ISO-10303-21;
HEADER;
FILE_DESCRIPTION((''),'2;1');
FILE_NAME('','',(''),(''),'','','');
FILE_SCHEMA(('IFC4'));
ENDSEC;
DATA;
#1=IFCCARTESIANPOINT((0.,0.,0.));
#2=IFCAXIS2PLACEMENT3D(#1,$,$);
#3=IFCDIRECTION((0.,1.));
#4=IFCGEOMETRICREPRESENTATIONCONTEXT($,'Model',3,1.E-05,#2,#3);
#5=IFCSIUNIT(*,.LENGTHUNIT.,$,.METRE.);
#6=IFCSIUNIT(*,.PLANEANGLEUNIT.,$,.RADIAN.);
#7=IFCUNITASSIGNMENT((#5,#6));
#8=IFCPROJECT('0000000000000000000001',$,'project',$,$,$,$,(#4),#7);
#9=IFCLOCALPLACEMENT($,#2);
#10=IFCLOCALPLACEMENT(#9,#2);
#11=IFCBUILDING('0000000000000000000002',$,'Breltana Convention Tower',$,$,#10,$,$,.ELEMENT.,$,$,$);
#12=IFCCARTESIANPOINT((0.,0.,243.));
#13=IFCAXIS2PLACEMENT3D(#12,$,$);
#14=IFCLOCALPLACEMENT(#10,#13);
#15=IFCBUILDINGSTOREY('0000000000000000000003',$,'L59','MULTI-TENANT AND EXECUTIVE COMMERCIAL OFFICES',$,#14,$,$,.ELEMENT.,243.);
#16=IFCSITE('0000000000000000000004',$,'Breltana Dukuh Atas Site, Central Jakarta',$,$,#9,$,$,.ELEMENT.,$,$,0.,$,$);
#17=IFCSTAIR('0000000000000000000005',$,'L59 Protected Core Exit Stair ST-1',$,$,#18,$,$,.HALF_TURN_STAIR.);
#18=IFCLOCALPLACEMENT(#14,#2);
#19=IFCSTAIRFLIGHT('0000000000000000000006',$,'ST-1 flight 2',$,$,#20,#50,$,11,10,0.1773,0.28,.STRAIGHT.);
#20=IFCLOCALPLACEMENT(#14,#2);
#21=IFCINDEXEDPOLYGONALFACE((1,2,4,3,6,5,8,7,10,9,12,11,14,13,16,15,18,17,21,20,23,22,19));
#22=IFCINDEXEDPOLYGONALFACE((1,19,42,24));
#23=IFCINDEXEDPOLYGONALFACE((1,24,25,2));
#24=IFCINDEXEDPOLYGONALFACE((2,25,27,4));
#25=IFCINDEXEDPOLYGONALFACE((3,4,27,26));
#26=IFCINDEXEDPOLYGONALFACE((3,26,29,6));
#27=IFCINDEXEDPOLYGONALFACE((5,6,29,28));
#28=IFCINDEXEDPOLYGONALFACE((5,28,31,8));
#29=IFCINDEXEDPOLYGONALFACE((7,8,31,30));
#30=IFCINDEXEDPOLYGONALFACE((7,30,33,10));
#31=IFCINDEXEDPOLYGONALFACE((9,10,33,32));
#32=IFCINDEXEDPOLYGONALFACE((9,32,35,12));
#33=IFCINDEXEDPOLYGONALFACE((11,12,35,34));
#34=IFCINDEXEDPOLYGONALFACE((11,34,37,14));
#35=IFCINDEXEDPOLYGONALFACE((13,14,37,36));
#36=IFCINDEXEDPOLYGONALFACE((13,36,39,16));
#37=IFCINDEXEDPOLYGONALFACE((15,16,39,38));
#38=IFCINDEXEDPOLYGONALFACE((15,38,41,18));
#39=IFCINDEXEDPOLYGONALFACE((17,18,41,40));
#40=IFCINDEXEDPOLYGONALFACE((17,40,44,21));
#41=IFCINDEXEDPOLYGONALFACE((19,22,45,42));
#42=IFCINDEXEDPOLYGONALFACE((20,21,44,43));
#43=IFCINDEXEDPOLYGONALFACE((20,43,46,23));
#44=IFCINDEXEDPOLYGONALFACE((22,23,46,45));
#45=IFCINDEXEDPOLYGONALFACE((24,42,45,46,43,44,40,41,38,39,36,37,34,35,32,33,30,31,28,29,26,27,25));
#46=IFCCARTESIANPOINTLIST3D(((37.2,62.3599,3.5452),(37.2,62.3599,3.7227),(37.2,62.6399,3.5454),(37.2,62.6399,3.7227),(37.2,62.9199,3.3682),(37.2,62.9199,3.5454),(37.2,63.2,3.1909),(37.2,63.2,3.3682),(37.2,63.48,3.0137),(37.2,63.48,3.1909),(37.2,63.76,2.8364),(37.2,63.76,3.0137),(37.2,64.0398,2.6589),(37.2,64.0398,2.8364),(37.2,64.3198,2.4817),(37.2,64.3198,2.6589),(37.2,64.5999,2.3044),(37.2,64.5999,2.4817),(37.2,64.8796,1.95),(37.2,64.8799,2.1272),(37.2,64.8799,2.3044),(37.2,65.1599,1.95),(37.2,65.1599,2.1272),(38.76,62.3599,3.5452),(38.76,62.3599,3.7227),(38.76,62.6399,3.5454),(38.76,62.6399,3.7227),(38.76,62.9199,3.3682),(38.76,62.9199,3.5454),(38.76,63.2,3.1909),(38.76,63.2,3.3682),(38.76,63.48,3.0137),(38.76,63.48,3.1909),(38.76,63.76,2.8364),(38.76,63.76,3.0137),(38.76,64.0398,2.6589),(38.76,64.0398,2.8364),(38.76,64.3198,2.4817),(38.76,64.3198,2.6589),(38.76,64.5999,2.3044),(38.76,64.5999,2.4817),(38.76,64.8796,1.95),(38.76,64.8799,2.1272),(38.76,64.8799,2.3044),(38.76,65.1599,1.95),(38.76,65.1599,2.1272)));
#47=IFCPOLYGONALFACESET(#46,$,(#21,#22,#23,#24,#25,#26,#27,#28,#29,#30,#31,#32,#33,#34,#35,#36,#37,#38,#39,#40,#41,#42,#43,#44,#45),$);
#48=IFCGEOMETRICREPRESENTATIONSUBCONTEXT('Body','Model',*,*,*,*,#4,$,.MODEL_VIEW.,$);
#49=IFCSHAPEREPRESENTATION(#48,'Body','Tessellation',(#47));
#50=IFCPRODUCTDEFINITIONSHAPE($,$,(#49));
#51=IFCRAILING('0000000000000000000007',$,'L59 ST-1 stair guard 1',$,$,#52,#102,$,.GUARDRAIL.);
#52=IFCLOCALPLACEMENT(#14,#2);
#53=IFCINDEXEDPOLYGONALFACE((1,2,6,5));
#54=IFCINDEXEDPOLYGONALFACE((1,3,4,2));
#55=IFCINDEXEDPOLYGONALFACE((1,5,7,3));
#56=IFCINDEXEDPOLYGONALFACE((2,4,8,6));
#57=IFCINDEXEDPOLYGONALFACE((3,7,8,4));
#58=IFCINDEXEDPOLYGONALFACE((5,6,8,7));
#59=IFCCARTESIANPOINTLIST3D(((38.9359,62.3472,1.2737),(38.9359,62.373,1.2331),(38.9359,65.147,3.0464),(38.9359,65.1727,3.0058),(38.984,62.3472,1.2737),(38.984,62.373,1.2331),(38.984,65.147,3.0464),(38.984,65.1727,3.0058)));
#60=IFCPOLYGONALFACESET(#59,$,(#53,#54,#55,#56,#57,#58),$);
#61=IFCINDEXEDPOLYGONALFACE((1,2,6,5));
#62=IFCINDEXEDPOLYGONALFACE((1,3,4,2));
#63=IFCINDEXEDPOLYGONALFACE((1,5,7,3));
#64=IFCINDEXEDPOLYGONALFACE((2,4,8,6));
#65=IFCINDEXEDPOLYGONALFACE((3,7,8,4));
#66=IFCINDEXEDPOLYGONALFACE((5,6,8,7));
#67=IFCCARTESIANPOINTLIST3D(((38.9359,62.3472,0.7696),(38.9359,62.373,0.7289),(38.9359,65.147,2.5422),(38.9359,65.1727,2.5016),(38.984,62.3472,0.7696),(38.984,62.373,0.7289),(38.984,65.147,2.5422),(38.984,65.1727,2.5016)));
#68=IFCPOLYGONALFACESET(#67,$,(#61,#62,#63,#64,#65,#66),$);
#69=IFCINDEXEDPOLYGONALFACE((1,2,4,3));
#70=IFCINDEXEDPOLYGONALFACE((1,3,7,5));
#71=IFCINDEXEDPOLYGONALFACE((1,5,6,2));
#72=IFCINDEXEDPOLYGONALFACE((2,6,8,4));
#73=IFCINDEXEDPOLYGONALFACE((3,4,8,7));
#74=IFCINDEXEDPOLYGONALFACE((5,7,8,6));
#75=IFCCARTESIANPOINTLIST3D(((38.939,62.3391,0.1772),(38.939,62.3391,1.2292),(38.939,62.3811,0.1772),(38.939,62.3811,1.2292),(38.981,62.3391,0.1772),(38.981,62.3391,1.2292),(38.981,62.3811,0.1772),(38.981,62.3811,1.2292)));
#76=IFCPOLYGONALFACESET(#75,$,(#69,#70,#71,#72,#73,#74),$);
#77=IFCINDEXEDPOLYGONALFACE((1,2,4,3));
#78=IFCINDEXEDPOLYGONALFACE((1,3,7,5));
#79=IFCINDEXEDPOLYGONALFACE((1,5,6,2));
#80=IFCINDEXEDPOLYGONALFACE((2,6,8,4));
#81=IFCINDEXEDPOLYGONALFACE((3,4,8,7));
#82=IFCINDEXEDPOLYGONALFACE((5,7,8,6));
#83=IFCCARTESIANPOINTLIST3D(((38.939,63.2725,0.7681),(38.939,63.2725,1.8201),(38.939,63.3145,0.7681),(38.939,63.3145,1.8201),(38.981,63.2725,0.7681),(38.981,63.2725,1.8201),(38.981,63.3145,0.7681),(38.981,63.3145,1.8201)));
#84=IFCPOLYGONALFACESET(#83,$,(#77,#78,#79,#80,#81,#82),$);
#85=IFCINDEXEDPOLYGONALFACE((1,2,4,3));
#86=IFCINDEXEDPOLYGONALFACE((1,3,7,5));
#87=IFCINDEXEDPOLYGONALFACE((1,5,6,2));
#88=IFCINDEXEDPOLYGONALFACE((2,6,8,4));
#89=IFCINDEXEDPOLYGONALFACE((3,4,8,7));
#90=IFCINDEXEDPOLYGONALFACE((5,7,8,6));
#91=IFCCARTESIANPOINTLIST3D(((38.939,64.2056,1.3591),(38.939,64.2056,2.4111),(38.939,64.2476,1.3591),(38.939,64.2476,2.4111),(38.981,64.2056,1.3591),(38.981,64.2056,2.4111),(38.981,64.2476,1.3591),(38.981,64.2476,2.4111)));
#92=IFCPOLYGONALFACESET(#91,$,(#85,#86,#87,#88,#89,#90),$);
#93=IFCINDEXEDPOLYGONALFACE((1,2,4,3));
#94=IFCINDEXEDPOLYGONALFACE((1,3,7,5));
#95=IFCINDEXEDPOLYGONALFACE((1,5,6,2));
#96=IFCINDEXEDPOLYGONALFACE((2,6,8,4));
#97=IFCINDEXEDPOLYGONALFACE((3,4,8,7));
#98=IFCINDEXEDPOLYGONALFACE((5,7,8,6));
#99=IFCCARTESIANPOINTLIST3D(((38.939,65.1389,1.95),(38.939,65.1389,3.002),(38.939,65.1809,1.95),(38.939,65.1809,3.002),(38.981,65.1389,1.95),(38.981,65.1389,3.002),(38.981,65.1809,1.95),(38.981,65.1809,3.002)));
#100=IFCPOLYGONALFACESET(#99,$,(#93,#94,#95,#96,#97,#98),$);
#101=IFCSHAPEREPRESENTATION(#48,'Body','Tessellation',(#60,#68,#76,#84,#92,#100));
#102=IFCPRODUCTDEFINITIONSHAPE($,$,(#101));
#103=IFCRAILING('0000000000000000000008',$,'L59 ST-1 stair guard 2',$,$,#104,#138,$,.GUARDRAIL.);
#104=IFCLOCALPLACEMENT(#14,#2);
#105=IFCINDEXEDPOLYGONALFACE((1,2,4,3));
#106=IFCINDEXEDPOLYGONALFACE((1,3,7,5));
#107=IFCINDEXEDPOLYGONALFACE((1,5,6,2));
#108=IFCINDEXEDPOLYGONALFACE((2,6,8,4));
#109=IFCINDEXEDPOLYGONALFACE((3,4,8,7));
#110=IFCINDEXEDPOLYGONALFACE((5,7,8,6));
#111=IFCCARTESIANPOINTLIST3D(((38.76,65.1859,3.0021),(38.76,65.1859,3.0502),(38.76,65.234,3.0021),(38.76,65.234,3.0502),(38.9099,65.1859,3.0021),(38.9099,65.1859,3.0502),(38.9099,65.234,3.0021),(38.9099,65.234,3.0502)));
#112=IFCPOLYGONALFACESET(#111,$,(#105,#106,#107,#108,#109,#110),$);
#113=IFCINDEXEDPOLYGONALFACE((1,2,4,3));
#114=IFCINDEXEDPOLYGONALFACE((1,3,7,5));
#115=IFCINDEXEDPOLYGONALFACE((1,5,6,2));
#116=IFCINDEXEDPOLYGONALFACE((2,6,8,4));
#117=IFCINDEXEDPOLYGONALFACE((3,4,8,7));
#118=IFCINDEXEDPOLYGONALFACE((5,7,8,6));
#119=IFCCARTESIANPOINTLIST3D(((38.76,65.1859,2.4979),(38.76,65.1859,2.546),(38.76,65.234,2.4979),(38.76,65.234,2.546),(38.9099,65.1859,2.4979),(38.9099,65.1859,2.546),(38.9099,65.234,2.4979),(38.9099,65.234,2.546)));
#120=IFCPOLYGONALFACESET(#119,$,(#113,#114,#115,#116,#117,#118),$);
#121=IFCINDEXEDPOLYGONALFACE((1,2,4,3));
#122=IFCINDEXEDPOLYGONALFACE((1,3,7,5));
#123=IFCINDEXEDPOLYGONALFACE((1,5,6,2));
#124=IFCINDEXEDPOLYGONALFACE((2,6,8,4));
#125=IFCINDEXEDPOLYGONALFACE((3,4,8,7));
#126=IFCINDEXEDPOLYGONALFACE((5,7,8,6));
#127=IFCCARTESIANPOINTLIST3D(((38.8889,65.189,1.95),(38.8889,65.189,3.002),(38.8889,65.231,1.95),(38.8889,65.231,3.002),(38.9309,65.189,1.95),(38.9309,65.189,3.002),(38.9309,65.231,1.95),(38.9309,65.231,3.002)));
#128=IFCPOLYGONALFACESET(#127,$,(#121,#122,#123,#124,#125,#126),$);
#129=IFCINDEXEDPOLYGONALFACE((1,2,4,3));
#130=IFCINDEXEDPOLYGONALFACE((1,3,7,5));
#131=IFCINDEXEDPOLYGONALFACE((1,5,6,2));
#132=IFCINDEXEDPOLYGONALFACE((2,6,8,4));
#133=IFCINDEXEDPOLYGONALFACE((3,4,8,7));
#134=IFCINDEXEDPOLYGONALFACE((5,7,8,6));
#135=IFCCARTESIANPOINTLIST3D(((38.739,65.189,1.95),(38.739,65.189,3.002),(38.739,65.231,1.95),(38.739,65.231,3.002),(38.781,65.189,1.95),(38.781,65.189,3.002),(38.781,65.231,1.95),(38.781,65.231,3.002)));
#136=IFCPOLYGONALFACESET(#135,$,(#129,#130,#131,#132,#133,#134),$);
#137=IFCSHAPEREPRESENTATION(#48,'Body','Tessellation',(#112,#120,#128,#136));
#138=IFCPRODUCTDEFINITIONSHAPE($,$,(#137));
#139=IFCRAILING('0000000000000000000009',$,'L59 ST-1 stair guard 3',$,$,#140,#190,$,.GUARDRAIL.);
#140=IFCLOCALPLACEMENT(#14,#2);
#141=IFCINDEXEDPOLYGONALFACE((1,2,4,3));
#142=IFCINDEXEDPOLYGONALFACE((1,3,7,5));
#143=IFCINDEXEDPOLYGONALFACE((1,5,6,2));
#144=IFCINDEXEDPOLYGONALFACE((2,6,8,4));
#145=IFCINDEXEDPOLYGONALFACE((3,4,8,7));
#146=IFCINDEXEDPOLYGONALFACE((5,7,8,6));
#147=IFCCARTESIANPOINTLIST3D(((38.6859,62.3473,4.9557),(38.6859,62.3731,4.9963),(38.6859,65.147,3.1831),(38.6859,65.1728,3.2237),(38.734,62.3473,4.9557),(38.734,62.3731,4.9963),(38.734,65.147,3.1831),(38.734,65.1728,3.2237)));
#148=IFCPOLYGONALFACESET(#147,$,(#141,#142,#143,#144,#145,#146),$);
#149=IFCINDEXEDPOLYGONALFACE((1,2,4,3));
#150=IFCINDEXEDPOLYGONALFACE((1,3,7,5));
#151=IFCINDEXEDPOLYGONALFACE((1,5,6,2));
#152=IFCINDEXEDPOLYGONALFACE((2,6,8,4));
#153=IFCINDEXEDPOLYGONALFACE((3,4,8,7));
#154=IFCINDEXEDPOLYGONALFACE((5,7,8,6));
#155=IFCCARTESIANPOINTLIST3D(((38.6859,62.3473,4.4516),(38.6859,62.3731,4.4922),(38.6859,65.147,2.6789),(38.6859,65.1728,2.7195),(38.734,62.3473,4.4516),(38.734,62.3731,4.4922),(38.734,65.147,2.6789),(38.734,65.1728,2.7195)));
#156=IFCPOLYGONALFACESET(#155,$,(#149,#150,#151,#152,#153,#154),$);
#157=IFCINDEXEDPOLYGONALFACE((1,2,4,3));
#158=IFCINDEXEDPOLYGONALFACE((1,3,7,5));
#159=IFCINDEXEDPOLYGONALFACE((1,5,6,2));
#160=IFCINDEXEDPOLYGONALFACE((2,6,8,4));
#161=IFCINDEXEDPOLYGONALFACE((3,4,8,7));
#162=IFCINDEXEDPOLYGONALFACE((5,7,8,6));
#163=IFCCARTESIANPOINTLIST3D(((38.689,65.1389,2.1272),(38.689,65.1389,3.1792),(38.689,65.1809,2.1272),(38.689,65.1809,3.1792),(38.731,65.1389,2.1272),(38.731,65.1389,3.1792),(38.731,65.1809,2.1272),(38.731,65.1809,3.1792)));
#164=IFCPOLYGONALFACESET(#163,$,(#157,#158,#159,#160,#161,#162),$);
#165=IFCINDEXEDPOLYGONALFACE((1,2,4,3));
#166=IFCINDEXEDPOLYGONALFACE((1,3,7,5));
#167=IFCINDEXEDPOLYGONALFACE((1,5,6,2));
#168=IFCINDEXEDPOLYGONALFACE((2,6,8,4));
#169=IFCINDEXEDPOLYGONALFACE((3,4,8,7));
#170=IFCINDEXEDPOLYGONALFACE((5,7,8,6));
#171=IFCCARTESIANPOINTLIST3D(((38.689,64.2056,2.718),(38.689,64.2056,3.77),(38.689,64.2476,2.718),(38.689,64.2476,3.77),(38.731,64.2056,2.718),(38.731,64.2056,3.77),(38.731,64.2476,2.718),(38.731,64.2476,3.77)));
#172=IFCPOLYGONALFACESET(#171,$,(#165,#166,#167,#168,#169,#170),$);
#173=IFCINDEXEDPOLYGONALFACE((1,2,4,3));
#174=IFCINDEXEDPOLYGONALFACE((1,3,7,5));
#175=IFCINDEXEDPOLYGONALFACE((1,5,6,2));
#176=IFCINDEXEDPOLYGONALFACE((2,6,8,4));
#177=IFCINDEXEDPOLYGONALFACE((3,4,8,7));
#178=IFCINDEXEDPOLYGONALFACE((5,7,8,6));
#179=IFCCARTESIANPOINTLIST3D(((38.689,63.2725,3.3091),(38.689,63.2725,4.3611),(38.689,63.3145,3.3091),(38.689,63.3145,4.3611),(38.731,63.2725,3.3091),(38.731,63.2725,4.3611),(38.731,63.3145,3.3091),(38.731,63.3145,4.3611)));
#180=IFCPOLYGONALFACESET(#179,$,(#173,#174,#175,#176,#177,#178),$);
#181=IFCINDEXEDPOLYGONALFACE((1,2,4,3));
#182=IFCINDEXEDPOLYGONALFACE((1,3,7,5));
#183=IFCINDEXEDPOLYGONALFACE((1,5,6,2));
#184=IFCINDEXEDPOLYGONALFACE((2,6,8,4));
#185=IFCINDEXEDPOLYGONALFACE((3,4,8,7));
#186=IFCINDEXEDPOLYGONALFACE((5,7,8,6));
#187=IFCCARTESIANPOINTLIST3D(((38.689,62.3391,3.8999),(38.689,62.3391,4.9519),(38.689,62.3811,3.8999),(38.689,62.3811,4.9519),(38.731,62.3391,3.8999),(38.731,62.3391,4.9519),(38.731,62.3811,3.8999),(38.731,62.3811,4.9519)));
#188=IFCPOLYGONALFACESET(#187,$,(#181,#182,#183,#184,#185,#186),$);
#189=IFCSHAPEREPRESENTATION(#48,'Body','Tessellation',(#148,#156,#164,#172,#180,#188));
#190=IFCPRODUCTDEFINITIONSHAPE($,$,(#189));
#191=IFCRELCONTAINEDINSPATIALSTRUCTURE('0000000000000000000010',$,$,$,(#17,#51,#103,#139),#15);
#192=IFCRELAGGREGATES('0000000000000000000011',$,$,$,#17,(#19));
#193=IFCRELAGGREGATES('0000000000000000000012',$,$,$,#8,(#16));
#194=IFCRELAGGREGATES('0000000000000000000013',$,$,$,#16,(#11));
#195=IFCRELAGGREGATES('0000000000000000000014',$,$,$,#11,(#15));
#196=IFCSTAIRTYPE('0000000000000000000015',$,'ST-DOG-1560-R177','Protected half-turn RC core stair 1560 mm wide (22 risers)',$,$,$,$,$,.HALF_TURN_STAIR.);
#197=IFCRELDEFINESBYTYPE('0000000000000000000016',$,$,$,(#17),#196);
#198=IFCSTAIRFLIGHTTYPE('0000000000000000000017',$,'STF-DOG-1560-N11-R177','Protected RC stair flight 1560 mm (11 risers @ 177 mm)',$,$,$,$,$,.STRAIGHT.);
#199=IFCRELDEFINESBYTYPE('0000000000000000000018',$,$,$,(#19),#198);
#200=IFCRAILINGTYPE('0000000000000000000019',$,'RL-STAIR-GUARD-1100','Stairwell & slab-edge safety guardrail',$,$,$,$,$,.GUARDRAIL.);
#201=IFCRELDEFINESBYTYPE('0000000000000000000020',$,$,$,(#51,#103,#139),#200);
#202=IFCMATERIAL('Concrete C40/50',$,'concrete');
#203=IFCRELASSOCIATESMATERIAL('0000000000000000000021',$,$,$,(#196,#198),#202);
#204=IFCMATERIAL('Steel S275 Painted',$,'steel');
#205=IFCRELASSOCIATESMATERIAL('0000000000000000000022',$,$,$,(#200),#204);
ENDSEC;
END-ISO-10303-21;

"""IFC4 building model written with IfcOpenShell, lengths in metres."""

from ifc_helpers import new_model, si_unit, direction, frame, origin, origin_2d, place, context, subcontext, project, spatial, polyline, rectangle, outline, extrude, material, type_object, element, aggregate, save


model = new_model("IFC4")

# Units and contexts
model_context = context("Model", 3, precision=1e-05, world=origin(), true_north=direction((0.0, 1.0)))
body_context = subcontext(model_context, "Body", "Model", "MODEL_VIEW")
ifc_project = project(units=[si_unit("LENGTHUNIT", "METRE"), si_unit("PLANEANGLEUNIT", "RADIAN")], contexts=[model_context])

# Site, building, storey
site_placement = place(None, origin())
site = spatial("IfcSite", under=ifc_project, at=site_placement, Name="Breltana Dukuh Atas Site, Central Jakarta", CompositionType="ELEMENT", RefElevation=0.0)
building_placement = place(site_placement, origin())
building = spatial("IfcBuilding", under=site, at=building_placement, Name="Breltana Convention Tower", CompositionType="ELEMENT")
storey_placement = place(building_placement, frame((0.0, 0.0, 243.0)))
storey = spatial("IfcBuildingStorey", under=building, at=storey_placement, Name="L59", Description="MULTI-TENANT AND EXECUTIVE COMMERCIAL OFFICES", CompositionType="ELEMENT", Elevation=243.0)

# Stair, stair flight
ifc_material_1 = material(Name="Concrete C40/50", Category="concrete")
stair_type = type_object("IfcStairType", Name="ST-DOG-1560-R177", Description="Protected half-turn RC core stair 1560 mm wide (22 risers)", PredefinedType="HALF_TURN_STAIR", material=ifc_material_1)
stair_placement = place(storey_placement, origin())
stair = element("IfcStair", 1, at=stair_placement, inside=storey, type_object=stair_type, Name="L59 Protected Core Exit Stair ST-1", PredefinedType="HALF_TURN_STAIR")
stair_flight_type = type_object("IfcStairFlightType", Name="STF-DOG-1560-N11-R177", Description="Protected RC stair flight 1560 mm (11 risers @ 177 mm)", PredefinedType="STRAIGHT", material=ifc_material_1)
stair_flight_1_placement = place(storey_placement, frame((37.98, 65.1599, 1.95), z_axis=(0.0, 0.0, 1.0), x_axis=(0.0, -1.0, 0.0)))
stair_flight_1 = element("IfcStairFlight", 2, at=stair_flight_1_placement, type_object=stair_flight_type, Name="ST-1 flight 2", NumberOfRisers=11, NumberOfTreads=10, PredefinedType="STRAIGHT", RiserHeight=0.1773, TreadLength=0.28, context=body_context, shape_type="SweptSolid", body=[
    extrude(outline(polyline([(0.0, 0.0), (0.0, 0.1772), (0.28, 0.1772), (0.28, 0.3545), (0.5601, 0.3545), (0.5601, 0.5317), (0.8401, 0.5317), (0.8401, 0.709), (1.1201, 0.709), (1.1201, 0.8865), (1.3999, 0.8865), (1.3999, 1.0637), (1.6799, 1.0637), (1.6799, 1.241), (1.96, 1.241), (1.96, 1.4182), (2.24, 1.4182), (2.24, 1.5955), (2.52, 1.5955), (2.52, 1.7727), (2.8, 1.7727), (2.8, 1.95), (2.8, 1.5952), (0.2803, 0.0), (0.0, 0.0)])), frame((0.0, 0.78, 0.0), z_axis=(0.0, -1.0, 0.0), x_axis=(1.0, 0.0, 0.0)), (0.0, 0.0, 1.0), 1.5601),
])
aggregate(stair, [stair_flight_1])

# Railings
ifc_material_2 = material(Name="Steel S275 Painted", Category="steel")
railing_type_1 = type_object("IfcRailingType", Name="RL-STAIR-GUARD-1100", Description="Stairwell & slab-edge safety guardrail", PredefinedType="GUARDRAIL", material=ifc_material_2)
railing_1_placement = place(storey_placement, frame((38.96, 62.3601, 0.1772)))
element("IfcRailing", 3, at=railing_1_placement, inside=storey, type_object=railing_type_1, Name="L59 ST-1 stair guard 1", PredefinedType="GUARDRAIL", context=body_context, shape_type="SweptSolid", body=[
    extrude(rectangle(XDim=0.0481, YDim=0.0481, at=origin_2d()), frame((0.0, 0.0, 1.0762), z_axis=(0.0, 0.844888, 0.534943), x_axis=(-1.0, 0.0, 0.0)), (0.0, 0.0, 1.0), 3.3137),
    extrude(rectangle(XDim=0.0481, YDim=0.0481, at=origin_2d()), frame((0.0, 0.0, 0.572), z_axis=(0.0, 0.844888, 0.534943), x_axis=(-1.0, 0.0, 0.0)), (0.0, 0.0, 1.0), 3.3137),
    extrude(rectangle(XDim=0.042, YDim=0.042, at=origin_2d()), origin(), (0.0, 0.0, 1.0), 1.052),
    extrude(rectangle(XDim=0.042, YDim=0.042, at=origin_2d()), frame((0.0, 0.9333, 0.5908)), (0.0, 0.0, 1.0), 1.052),
    extrude(rectangle(XDim=0.042, YDim=0.042, at=origin_2d()), frame((0.0, 1.8665, 1.1819)), (0.0, 0.0, 1.0), 1.052),
    extrude(rectangle(XDim=0.042, YDim=0.042, at=origin_2d()), frame((0.0, 2.7998, 1.7727)), (0.0, 0.0, 1.0), 1.052),
])
railing_2_placement = place(storey_placement, frame((38.9099, 65.21, 1.95)))
element("IfcRailing", 4, at=railing_2_placement, inside=storey, type_object=railing_type_1, Name="L59 ST-1 stair guard 2", PredefinedType="GUARDRAIL", context=body_context, shape_type="SweptSolid", body=[
    extrude(rectangle(XDim=0.0481, YDim=0.0481, at=origin_2d()), frame((0.0, 0.0, 1.0762), z_axis=(-1.0, 0.0, 0.0), x_axis=(0.0, -1.0, 0.0)), (0.0, 0.0, 1.0), 0.1499),
    extrude(rectangle(XDim=0.0481, YDim=0.0481, at=origin_2d()), frame((0.0, 0.0, 0.572), z_axis=(-1.0, 0.0, 0.0), x_axis=(0.0, -1.0, 0.0)), (0.0, 0.0, 1.0), 0.1499),
    extrude(rectangle(XDim=0.042, YDim=0.042, at=origin_2d()), origin(), (0.0, 0.0, 1.0), 1.052),
    extrude(rectangle(XDim=0.042, YDim=0.042, at=origin_2d()), frame((-0.1499, 0.0, 0.0)), (0.0, 0.0, 1.0), 1.052),
])
railing_3_placement = place(storey_placement, frame((38.71, 65.1599, 2.1272)))
element("IfcRailing", 5, at=railing_3_placement, inside=storey, type_object=railing_type_1, Name="L59 ST-1 stair guard 3", PredefinedType="GUARDRAIL", context=body_context, shape_type="SweptSolid", body=[
    extrude(rectangle(XDim=0.0481, YDim=0.0481, at=origin_2d()), frame((0.0, 0.0, 1.0762), z_axis=(0.0, -0.844888, 0.534943), x_axis=(1.0, 0.0, 0.0)), (0.0, 0.0, 1.0), 3.3137),
    extrude(rectangle(XDim=0.0481, YDim=0.0481, at=origin_2d()), frame((0.0, 0.0, 0.572), z_axis=(0.0, -0.844888, 0.534943), x_axis=(1.0, 0.0, 0.0)), (0.0, 0.0, 1.0), 3.3137),
    extrude(rectangle(XDim=0.042, YDim=0.042, at=origin_2d()), origin(), (0.0, 0.0, 1.0), 1.052),
    extrude(rectangle(XDim=0.042, YDim=0.042, at=origin_2d()), frame((0.0, -0.9333, 0.5908)), (0.0, 0.0, 1.0), 1.052),
    extrude(rectangle(XDim=0.042, YDim=0.042, at=origin_2d()), frame((0.0, -1.8665, 1.1819)), (0.0, 0.0, 1.0), 1.052),
    extrude(rectangle(XDim=0.042, YDim=0.042, at=origin_2d()), frame((0.0, -2.7998, 1.7727)), (0.0, 0.0, 1.0), 1.052),
])

save(model, "model.ifc")
